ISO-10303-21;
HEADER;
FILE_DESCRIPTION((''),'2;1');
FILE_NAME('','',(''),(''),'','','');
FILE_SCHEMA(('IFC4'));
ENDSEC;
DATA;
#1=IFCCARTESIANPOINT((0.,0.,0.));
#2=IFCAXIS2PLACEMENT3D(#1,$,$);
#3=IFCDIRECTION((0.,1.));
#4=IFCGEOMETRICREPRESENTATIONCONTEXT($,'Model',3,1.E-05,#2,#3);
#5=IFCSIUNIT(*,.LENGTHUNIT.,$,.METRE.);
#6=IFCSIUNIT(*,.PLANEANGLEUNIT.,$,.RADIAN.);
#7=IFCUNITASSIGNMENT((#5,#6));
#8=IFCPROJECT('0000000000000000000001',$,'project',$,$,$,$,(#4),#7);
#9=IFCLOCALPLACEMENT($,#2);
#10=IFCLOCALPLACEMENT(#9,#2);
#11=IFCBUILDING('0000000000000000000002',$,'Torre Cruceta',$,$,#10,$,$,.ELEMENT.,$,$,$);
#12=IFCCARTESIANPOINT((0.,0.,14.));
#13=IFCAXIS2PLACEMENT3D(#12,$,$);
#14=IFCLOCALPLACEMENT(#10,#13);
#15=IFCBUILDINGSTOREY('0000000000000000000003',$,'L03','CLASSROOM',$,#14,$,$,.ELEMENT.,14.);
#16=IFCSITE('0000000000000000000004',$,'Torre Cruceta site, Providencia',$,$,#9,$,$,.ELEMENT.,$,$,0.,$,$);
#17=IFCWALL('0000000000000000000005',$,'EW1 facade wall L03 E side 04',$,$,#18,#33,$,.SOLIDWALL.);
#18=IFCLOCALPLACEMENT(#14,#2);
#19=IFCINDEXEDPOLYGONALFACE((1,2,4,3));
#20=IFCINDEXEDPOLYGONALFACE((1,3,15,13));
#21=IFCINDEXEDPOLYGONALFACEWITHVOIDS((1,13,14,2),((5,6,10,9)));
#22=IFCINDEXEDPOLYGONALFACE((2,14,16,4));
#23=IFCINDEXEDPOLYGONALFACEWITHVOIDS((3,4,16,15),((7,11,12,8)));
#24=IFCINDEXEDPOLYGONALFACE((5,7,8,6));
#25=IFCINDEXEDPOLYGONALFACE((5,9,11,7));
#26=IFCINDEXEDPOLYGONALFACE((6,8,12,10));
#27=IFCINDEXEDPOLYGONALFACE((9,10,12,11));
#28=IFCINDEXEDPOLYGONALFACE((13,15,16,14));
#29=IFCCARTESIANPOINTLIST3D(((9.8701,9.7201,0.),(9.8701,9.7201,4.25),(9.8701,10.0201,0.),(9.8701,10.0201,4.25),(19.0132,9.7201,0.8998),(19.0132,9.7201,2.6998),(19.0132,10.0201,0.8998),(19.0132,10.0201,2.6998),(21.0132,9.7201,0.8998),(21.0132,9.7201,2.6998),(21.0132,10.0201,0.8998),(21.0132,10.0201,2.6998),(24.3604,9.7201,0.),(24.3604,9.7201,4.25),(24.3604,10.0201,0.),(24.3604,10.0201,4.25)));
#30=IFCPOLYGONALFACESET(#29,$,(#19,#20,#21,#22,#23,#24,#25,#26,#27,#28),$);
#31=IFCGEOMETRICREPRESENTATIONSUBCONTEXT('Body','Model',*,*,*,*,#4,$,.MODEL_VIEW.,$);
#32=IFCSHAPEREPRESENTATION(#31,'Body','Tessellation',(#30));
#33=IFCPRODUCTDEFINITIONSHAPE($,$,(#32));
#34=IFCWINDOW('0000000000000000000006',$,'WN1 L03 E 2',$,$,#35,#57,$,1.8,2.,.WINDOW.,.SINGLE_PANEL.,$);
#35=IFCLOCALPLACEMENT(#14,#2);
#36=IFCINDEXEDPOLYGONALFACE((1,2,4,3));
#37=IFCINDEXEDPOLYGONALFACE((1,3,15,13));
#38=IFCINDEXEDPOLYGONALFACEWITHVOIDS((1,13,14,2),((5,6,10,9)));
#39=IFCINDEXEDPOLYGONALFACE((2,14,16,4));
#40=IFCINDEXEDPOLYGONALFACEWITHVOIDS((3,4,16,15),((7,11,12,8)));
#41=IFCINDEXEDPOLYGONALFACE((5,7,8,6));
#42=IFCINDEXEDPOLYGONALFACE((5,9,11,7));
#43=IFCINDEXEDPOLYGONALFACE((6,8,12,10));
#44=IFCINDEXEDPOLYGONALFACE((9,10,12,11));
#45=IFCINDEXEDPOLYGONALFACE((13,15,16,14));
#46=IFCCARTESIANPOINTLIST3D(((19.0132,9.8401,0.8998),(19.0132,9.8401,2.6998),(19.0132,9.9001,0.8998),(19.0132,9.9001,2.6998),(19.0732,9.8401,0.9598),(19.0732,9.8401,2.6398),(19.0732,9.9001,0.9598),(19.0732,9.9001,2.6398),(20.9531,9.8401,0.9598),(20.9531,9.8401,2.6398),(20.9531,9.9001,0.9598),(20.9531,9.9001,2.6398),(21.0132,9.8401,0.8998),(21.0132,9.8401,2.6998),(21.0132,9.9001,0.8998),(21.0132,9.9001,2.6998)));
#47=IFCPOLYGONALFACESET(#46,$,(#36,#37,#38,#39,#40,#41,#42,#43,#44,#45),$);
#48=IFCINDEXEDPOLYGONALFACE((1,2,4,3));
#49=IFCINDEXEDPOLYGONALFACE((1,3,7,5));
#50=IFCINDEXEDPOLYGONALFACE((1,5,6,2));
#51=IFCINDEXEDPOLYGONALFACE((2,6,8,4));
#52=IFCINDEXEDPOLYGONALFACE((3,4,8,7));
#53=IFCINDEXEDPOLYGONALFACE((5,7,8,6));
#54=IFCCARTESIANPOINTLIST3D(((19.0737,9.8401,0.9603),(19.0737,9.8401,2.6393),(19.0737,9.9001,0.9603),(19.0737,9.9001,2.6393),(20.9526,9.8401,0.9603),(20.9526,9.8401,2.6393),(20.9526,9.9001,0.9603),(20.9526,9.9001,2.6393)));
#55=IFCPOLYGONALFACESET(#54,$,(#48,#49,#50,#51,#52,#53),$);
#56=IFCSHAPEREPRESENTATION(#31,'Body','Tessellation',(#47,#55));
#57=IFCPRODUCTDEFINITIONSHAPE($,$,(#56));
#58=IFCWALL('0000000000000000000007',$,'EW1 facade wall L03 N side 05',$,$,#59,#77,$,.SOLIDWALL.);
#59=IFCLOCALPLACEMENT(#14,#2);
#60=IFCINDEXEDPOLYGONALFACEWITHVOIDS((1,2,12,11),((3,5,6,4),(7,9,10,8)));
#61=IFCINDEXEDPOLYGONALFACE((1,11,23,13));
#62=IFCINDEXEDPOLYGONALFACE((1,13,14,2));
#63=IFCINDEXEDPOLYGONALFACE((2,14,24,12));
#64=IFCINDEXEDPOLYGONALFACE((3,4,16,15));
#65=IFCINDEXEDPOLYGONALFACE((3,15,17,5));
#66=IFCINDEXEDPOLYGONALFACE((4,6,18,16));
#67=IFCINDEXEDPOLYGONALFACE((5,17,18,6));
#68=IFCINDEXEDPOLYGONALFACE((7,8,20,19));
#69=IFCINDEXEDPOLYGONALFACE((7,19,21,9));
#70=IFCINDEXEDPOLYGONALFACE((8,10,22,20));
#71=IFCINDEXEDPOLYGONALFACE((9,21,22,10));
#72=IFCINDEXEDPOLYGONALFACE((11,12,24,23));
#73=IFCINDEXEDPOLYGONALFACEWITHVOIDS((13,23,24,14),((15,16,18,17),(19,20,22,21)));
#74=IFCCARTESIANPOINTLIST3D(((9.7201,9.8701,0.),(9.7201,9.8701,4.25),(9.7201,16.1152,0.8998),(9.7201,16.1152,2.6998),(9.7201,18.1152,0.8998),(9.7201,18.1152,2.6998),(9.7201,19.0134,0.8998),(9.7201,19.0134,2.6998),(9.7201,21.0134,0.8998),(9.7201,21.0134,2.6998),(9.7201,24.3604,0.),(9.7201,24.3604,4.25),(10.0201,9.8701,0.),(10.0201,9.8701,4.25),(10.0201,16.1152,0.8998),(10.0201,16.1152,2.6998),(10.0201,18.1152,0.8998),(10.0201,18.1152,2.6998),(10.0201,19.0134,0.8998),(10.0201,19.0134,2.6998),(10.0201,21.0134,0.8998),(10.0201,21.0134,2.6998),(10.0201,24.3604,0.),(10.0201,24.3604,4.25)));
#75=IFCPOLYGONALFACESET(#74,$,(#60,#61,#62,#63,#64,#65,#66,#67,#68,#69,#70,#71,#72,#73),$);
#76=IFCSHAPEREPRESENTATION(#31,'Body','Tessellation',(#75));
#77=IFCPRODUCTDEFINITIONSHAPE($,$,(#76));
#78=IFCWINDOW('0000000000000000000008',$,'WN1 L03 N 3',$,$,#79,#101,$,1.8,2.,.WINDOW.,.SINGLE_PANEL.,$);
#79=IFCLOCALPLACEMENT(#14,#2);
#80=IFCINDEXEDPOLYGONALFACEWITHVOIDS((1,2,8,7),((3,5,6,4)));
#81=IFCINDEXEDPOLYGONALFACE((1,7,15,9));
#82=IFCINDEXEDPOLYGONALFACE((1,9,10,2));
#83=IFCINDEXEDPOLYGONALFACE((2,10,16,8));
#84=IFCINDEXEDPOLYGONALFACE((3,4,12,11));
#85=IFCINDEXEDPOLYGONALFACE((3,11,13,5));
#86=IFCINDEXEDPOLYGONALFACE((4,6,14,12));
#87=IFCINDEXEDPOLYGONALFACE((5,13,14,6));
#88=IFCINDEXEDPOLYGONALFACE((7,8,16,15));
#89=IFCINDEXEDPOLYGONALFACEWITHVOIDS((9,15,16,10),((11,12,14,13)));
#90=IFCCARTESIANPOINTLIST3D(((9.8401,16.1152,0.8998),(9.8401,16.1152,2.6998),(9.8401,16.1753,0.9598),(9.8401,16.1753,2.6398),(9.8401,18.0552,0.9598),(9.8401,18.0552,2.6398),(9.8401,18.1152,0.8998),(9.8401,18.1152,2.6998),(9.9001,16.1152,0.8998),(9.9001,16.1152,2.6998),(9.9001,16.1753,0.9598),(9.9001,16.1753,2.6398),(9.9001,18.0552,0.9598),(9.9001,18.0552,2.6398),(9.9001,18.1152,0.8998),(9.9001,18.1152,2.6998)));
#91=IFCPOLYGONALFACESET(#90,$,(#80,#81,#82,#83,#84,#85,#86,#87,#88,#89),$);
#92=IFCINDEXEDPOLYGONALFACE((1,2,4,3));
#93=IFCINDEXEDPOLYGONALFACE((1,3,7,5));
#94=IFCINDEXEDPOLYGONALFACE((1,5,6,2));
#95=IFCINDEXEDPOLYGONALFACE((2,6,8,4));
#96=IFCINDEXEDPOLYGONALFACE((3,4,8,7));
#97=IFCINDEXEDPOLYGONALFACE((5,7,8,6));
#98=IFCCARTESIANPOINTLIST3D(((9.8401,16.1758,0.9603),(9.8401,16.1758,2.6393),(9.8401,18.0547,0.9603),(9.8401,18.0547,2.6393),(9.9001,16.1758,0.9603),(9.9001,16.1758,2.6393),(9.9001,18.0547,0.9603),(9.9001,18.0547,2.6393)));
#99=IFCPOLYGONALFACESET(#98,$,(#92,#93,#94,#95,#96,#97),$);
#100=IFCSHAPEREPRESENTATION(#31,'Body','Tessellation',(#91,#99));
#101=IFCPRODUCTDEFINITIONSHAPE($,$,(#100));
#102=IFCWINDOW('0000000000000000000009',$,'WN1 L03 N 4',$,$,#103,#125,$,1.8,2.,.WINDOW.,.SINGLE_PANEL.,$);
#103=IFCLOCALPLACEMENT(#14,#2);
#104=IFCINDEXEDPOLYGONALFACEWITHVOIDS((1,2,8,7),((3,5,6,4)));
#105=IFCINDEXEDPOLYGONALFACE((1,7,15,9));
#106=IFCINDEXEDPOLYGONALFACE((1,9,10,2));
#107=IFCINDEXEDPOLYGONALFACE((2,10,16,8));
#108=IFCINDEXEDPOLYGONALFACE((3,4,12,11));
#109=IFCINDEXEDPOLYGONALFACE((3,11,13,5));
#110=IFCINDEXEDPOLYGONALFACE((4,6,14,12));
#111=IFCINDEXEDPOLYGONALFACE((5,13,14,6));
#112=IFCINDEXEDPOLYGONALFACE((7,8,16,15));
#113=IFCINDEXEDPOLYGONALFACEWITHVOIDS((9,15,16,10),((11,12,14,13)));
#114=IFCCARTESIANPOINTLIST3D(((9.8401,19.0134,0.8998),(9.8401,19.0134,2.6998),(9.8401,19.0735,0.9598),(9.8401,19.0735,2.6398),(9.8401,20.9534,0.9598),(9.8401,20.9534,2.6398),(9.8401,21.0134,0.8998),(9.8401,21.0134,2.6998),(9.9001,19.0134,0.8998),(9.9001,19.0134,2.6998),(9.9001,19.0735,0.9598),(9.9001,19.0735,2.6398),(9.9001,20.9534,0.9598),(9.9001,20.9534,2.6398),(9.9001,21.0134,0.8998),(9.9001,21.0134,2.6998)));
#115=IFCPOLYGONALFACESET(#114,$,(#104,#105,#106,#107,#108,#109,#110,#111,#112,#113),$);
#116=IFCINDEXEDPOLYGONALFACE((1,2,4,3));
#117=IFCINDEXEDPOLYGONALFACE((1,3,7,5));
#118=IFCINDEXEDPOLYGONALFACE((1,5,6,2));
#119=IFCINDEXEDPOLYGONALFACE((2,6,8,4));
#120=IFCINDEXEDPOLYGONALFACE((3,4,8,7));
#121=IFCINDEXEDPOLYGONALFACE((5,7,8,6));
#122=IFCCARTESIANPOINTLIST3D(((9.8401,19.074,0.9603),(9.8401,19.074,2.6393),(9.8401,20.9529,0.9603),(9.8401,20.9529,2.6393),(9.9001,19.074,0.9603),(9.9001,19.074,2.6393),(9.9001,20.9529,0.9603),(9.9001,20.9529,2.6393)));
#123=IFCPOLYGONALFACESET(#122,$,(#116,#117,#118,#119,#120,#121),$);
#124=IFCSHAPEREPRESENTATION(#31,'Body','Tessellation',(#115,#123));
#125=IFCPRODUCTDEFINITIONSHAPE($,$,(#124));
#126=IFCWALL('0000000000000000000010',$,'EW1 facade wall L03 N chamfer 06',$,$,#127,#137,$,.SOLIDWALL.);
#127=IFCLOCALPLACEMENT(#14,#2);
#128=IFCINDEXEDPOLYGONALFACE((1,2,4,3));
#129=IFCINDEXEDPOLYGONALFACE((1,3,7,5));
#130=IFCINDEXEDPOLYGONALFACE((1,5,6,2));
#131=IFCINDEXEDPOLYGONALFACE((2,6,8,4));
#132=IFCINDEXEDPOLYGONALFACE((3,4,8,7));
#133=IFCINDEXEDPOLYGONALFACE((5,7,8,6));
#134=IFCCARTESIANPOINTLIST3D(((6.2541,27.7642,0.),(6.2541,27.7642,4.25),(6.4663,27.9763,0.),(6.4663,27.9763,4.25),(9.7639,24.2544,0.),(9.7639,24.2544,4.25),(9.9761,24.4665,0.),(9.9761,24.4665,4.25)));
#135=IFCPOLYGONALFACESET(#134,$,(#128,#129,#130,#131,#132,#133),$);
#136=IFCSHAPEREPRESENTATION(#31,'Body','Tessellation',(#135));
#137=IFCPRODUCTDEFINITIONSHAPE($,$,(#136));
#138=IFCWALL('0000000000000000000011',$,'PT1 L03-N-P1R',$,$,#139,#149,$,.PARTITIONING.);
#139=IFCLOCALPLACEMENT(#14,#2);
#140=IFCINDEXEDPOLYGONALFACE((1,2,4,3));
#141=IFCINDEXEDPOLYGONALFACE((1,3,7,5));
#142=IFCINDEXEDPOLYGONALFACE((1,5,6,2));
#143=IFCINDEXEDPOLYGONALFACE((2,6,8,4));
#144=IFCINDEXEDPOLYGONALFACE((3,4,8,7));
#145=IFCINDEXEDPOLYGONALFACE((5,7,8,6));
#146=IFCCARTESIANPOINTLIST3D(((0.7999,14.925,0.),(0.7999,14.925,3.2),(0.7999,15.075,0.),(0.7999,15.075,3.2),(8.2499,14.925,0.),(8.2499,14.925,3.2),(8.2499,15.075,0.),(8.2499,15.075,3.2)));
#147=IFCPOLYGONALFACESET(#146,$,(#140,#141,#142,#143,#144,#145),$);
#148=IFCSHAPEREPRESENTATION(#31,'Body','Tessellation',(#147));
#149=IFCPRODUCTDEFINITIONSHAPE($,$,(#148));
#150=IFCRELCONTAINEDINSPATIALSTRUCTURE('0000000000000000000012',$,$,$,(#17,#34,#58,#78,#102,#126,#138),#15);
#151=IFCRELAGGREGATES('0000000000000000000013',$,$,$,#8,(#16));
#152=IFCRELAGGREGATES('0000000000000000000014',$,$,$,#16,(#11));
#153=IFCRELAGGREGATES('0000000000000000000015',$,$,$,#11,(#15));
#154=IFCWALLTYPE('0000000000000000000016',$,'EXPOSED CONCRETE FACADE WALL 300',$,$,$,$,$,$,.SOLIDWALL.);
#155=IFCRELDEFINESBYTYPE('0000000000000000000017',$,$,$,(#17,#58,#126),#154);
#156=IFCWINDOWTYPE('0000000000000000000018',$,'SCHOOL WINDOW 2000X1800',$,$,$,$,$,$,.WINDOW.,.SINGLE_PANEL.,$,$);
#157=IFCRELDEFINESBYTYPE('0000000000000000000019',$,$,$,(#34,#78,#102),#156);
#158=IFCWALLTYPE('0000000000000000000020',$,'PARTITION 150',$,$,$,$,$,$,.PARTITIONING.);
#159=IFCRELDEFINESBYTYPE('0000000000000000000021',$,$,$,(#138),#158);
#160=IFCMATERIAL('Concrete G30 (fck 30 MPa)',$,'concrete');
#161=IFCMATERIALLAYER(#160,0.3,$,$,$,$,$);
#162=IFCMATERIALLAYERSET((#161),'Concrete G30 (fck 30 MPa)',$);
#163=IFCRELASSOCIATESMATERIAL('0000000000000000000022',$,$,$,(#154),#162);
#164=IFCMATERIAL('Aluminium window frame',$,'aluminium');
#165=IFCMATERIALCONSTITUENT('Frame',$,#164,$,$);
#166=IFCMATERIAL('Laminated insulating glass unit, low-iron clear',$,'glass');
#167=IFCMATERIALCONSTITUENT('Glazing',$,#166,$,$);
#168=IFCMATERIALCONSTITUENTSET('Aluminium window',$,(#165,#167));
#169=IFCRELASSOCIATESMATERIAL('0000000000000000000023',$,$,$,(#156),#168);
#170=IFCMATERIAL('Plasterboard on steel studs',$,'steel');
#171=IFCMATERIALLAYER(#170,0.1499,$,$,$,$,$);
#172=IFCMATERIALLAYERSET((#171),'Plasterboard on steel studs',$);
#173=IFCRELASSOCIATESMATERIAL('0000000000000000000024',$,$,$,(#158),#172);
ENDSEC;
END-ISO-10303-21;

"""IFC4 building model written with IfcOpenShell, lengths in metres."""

from ifc_helpers import new_model, si_unit, direction, frame, frame_2d, origin, place, context, subcontext, project, spatial, rectangle, hollow_rectangle, extrude, material, layer, layer_set, constituent, constituent_set, type_object, element, fill, save


model = new_model("IFC4")

# Units and contexts
model_context = context("Model", 3, precision=1e-05, world=origin(), true_north=direction((0.0, 1.0)))
body_context = subcontext(model_context, "Body", "Model", "MODEL_VIEW")
ifc_project = project(units=[si_unit("LENGTHUNIT", "METRE"), si_unit("PLANEANGLEUNIT", "RADIAN")], contexts=[model_context])

# Site, building, storey
site_placement = place(None, origin())
site = spatial("IfcSite", under=ifc_project, at=site_placement, Name="Torre Cruceta site, Providencia", CompositionType="ELEMENT", RefElevation=0.0)
building_placement = place(site_placement, origin())
building = spatial("IfcBuilding", under=site, at=building_placement, Name="Torre Cruceta", CompositionType="ELEMENT")
storey_placement = place(building_placement, frame((0.0, 0.0, 14.0)))
storey = spatial("IfcBuildingStorey", under=building, at=storey_placement, Name="L03", Description="CLASSROOM", CompositionType="ELEMENT", Elevation=14.0)

# Wall, opening, window
ifc_material_1 = material(Name="Concrete G30 (fck 30 MPa)", Category="concrete")
ifc_layer_1 = layer(ifc_material_1, 0.3)
ifc_layer_set_1 = layer_set([ifc_layer_1], Name="Concrete G30 (fck 30 MPa)")
wall_type_1 = type_object("IfcWallType", Name="EXPOSED CONCRETE FACADE WALL 300", PredefinedType="SOLIDWALL", material=ifc_layer_set_1)
wall_1_placement = place(storey_placement, frame((24.3604, 9.8701, 0.0), z_axis=(0.0, 0.0, 1.0), x_axis=(-1.0, 0.0, 0.0)))
wall_1 = element("IfcWall", 1, at=wall_1_placement, inside=storey, type_object=wall_type_1, Name="EW1 facade wall L03 E side 04", PredefinedType="SOLIDWALL", context=body_context, shape_type="SweptSolid", body=[
    extrude(rectangle(XDim=14.4902, YDim=0.3, at=frame_2d((7.2451, 0.0))), origin(), (0.0, 0.0, 1.0), 4.25),
])
opening_1_placement = place(wall_1_placement, frame((3.3472, 0.0, 0.8999)))
opening_1 = element("IfcOpeningElement", 2, at=opening_1_placement, cuts=wall_1, PredefinedType="OPENING", context=body_context, shape_type="SweptSolid", body=[
    extrude(rectangle(XDim=2.0, YDim=1.8, at=frame_2d((1.0, 0.8999))), frame((0.0, 0.1599, 0.0), z_axis=(0.0, -1.0, 0.0), x_axis=(1.0, 0.0, 0.0)), (0.0, 0.0, 1.0), 0.3201),
])
ifc_material_2 = material(Name="Aluminium window frame", Category="aluminium")
ifc_constituent_1 = constituent(ifc_material_2, Name="Frame")
ifc_material_3 = material(Name="Laminated insulating glass unit, low-iron clear", Category="glass")
ifc_constituent_2 = constituent(ifc_material_3, Name="Glazing")
ifc_constituent_set_1 = constituent_set(constituents=[ifc_constituent_1, ifc_constituent_2], Name="Aluminium window")
window_type = type_object("IfcWindowType", Name="SCHOOL WINDOW 2000X1800", PartitioningType="SINGLE_PANEL", PredefinedType="WINDOW", material=ifc_constituent_set_1)
window_1_placement = place(opening_1_placement, origin())
window_1 = element("IfcWindow", 3, at=window_1_placement, inside=storey, type_object=window_type, Name="WN1 L03 E 2", OverallHeight=1.8, OverallWidth=2.0, PartitioningType="SINGLE_PANEL", PredefinedType="WINDOW", context=body_context, shape_type="SweptSolid", body=[
    extrude(hollow_rectangle(XDim=2.0, YDim=1.8, WallThickness=0.0601, at=frame_2d((1.0, 0.8999))), frame((0.0, 0.03, 0.0), z_axis=(0.0, -1.0, 0.0), x_axis=(1.0, 0.0, 0.0)), (0.0, 0.0, 1.0), 0.0601),
    extrude(rectangle(XDim=1.8789, YDim=1.679, at=frame_2d((1.0, 0.8999))), frame((0.0, 0.03, 0.0), z_axis=(0.0, -1.0, 0.0), x_axis=(1.0, 0.0, 0.0)), (0.0, 0.0, 1.0), 0.0601),
])
fill(opening_1, window_1)

# Wall, openings, windows
wall_2_placement = place(storey_placement, frame((9.8701, 9.8701, 0.0), z_axis=(0.0, 0.0, 1.0), x_axis=(0.0, 1.0, 0.0)))
wall_2 = element("IfcWall", 4, at=wall_2_placement, inside=storey, type_object=wall_type_1, Name="EW1 facade wall L03 N side 05", PredefinedType="SOLIDWALL", context=body_context, shape_type="SweptSolid", body=[
    extrude(rectangle(XDim=14.4902, YDim=0.3, at=frame_2d((7.2451, 0.0))), origin(), (0.0, 0.0, 1.0), 4.25),
])
opening_2_placement = place(wall_2_placement, frame((6.2451, 0.0, 0.8999)))
opening_2 = element("IfcOpeningElement", 5, at=opening_2_placement, cuts=wall_2, PredefinedType="OPENING", context=body_context, shape_type="SweptSolid", body=[
    extrude(rectangle(XDim=2.0, YDim=1.8, at=frame_2d((1.0, 0.8999))), frame((0.0, 0.1599, 0.0), z_axis=(0.0, -1.0, 0.0), x_axis=(1.0, 0.0, 0.0)), (0.0, 0.0, 1.0), 0.3201),
])
opening_3_placement = place(wall_2_placement, frame((9.1433, 0.0, 0.8999)))
opening_3 = element("IfcOpeningElement", 6, at=opening_3_placement, cuts=wall_2, PredefinedType="OPENING", context=body_context, shape_type="SweptSolid", body=[
    extrude(rectangle(XDim=2.0, YDim=1.8, at=frame_2d((1.0, 0.8999))), frame((0.0, 0.1599, 0.0), z_axis=(0.0, -1.0, 0.0), x_axis=(1.0, 0.0, 0.0)), (0.0, 0.0, 1.0), 0.3201),
])
window_2_placement = place(opening_2_placement, origin())
window_2 = element("IfcWindow", 7, at=window_2_placement, inside=storey, type_object=window_type, Name="WN1 L03 N 3", OverallHeight=1.8, OverallWidth=2.0, PartitioningType="SINGLE_PANEL", PredefinedType="WINDOW", context=body_context, shape_type="SweptSolid", body=[
    extrude(hollow_rectangle(XDim=2.0, YDim=1.8, WallThickness=0.0601, at=frame_2d((1.0, 0.8999))), frame((0.0, 0.03, 0.0), z_axis=(0.0, -1.0, 0.0), x_axis=(1.0, 0.0, 0.0)), (0.0, 0.0, 1.0), 0.0601),
    extrude(rectangle(XDim=1.8789, YDim=1.679, at=frame_2d((1.0, 0.8999))), frame((0.0, 0.03, 0.0), z_axis=(0.0, -1.0, 0.0), x_axis=(1.0, 0.0, 0.0)), (0.0, 0.0, 1.0), 0.0601),
])
fill(opening_2, window_2)
window_3_placement = place(opening_3_placement, origin())
window_3 = element("IfcWindow", 8, at=window_3_placement, inside=storey, type_object=window_type, Name="WN1 L03 N 4", OverallHeight=1.8, OverallWidth=2.0, PartitioningType="SINGLE_PANEL", PredefinedType="WINDOW", context=body_context, shape_type="SweptSolid", body=[
    extrude(hollow_rectangle(XDim=2.0, YDim=1.8, WallThickness=0.0601, at=frame_2d((1.0, 0.8999))), frame((0.0, 0.03, 0.0), z_axis=(0.0, -1.0, 0.0), x_axis=(1.0, 0.0, 0.0)), (0.0, 0.0, 1.0), 0.0601),
    extrude(rectangle(XDim=1.8789, YDim=1.679, at=frame_2d((1.0, 0.8999))), frame((0.0, 0.03, 0.0), z_axis=(0.0, -1.0, 0.0), x_axis=(1.0, 0.0, 0.0)), (0.0, 0.0, 1.0), 0.0601),
])
fill(opening_3, window_3)

# Walls
wall_3_placement = place(storey_placement, frame((9.8701, 24.3604, 0.0), z_axis=(0.0, 0.0, 1.0), x_axis=(-0.707107, 0.707107, 0.0)))
element("IfcWall", 9, at=wall_3_placement, inside=storey, type_object=wall_type_1, Name="EW1 facade wall L03 N chamfer 06", PredefinedType="SOLIDWALL", context=body_context, shape_type="SweptSolid", body=[
    extrude(rectangle(XDim=4.9636, YDim=0.3, at=frame_2d((2.4819, 0.0))), origin(), (0.0, 0.0, 1.0), 4.25),
])
ifc_material_4 = material(Name="Plasterboard on steel studs", Category="steel")
ifc_layer_2 = layer(ifc_material_4, 0.1499)
ifc_layer_set_2 = layer_set([ifc_layer_2], Name="Plasterboard on steel studs")
wall_type_2 = type_object("IfcWallType", Name="PARTITION 150", PredefinedType="PARTITIONING", material=ifc_layer_set_2)
wall_4_placement = place(storey_placement, frame((8.25, 15.0, 0.0), z_axis=(0.0, 0.0, 1.0), x_axis=(-1.0, 0.0, 0.0)))
element("IfcWall", 10, at=wall_4_placement, inside=storey, type_object=wall_type_2, Name="PT1 L03-N-P1R", PredefinedType="PARTITIONING", context=body_context, shape_type="SweptSolid", body=[
    extrude(rectangle(XDim=7.45, YDim=0.1499, at=frame_2d((3.7251, 0.0))), origin(), (0.0, 0.0, 1.0), 3.2),
])

save(model, "model.ifc")
